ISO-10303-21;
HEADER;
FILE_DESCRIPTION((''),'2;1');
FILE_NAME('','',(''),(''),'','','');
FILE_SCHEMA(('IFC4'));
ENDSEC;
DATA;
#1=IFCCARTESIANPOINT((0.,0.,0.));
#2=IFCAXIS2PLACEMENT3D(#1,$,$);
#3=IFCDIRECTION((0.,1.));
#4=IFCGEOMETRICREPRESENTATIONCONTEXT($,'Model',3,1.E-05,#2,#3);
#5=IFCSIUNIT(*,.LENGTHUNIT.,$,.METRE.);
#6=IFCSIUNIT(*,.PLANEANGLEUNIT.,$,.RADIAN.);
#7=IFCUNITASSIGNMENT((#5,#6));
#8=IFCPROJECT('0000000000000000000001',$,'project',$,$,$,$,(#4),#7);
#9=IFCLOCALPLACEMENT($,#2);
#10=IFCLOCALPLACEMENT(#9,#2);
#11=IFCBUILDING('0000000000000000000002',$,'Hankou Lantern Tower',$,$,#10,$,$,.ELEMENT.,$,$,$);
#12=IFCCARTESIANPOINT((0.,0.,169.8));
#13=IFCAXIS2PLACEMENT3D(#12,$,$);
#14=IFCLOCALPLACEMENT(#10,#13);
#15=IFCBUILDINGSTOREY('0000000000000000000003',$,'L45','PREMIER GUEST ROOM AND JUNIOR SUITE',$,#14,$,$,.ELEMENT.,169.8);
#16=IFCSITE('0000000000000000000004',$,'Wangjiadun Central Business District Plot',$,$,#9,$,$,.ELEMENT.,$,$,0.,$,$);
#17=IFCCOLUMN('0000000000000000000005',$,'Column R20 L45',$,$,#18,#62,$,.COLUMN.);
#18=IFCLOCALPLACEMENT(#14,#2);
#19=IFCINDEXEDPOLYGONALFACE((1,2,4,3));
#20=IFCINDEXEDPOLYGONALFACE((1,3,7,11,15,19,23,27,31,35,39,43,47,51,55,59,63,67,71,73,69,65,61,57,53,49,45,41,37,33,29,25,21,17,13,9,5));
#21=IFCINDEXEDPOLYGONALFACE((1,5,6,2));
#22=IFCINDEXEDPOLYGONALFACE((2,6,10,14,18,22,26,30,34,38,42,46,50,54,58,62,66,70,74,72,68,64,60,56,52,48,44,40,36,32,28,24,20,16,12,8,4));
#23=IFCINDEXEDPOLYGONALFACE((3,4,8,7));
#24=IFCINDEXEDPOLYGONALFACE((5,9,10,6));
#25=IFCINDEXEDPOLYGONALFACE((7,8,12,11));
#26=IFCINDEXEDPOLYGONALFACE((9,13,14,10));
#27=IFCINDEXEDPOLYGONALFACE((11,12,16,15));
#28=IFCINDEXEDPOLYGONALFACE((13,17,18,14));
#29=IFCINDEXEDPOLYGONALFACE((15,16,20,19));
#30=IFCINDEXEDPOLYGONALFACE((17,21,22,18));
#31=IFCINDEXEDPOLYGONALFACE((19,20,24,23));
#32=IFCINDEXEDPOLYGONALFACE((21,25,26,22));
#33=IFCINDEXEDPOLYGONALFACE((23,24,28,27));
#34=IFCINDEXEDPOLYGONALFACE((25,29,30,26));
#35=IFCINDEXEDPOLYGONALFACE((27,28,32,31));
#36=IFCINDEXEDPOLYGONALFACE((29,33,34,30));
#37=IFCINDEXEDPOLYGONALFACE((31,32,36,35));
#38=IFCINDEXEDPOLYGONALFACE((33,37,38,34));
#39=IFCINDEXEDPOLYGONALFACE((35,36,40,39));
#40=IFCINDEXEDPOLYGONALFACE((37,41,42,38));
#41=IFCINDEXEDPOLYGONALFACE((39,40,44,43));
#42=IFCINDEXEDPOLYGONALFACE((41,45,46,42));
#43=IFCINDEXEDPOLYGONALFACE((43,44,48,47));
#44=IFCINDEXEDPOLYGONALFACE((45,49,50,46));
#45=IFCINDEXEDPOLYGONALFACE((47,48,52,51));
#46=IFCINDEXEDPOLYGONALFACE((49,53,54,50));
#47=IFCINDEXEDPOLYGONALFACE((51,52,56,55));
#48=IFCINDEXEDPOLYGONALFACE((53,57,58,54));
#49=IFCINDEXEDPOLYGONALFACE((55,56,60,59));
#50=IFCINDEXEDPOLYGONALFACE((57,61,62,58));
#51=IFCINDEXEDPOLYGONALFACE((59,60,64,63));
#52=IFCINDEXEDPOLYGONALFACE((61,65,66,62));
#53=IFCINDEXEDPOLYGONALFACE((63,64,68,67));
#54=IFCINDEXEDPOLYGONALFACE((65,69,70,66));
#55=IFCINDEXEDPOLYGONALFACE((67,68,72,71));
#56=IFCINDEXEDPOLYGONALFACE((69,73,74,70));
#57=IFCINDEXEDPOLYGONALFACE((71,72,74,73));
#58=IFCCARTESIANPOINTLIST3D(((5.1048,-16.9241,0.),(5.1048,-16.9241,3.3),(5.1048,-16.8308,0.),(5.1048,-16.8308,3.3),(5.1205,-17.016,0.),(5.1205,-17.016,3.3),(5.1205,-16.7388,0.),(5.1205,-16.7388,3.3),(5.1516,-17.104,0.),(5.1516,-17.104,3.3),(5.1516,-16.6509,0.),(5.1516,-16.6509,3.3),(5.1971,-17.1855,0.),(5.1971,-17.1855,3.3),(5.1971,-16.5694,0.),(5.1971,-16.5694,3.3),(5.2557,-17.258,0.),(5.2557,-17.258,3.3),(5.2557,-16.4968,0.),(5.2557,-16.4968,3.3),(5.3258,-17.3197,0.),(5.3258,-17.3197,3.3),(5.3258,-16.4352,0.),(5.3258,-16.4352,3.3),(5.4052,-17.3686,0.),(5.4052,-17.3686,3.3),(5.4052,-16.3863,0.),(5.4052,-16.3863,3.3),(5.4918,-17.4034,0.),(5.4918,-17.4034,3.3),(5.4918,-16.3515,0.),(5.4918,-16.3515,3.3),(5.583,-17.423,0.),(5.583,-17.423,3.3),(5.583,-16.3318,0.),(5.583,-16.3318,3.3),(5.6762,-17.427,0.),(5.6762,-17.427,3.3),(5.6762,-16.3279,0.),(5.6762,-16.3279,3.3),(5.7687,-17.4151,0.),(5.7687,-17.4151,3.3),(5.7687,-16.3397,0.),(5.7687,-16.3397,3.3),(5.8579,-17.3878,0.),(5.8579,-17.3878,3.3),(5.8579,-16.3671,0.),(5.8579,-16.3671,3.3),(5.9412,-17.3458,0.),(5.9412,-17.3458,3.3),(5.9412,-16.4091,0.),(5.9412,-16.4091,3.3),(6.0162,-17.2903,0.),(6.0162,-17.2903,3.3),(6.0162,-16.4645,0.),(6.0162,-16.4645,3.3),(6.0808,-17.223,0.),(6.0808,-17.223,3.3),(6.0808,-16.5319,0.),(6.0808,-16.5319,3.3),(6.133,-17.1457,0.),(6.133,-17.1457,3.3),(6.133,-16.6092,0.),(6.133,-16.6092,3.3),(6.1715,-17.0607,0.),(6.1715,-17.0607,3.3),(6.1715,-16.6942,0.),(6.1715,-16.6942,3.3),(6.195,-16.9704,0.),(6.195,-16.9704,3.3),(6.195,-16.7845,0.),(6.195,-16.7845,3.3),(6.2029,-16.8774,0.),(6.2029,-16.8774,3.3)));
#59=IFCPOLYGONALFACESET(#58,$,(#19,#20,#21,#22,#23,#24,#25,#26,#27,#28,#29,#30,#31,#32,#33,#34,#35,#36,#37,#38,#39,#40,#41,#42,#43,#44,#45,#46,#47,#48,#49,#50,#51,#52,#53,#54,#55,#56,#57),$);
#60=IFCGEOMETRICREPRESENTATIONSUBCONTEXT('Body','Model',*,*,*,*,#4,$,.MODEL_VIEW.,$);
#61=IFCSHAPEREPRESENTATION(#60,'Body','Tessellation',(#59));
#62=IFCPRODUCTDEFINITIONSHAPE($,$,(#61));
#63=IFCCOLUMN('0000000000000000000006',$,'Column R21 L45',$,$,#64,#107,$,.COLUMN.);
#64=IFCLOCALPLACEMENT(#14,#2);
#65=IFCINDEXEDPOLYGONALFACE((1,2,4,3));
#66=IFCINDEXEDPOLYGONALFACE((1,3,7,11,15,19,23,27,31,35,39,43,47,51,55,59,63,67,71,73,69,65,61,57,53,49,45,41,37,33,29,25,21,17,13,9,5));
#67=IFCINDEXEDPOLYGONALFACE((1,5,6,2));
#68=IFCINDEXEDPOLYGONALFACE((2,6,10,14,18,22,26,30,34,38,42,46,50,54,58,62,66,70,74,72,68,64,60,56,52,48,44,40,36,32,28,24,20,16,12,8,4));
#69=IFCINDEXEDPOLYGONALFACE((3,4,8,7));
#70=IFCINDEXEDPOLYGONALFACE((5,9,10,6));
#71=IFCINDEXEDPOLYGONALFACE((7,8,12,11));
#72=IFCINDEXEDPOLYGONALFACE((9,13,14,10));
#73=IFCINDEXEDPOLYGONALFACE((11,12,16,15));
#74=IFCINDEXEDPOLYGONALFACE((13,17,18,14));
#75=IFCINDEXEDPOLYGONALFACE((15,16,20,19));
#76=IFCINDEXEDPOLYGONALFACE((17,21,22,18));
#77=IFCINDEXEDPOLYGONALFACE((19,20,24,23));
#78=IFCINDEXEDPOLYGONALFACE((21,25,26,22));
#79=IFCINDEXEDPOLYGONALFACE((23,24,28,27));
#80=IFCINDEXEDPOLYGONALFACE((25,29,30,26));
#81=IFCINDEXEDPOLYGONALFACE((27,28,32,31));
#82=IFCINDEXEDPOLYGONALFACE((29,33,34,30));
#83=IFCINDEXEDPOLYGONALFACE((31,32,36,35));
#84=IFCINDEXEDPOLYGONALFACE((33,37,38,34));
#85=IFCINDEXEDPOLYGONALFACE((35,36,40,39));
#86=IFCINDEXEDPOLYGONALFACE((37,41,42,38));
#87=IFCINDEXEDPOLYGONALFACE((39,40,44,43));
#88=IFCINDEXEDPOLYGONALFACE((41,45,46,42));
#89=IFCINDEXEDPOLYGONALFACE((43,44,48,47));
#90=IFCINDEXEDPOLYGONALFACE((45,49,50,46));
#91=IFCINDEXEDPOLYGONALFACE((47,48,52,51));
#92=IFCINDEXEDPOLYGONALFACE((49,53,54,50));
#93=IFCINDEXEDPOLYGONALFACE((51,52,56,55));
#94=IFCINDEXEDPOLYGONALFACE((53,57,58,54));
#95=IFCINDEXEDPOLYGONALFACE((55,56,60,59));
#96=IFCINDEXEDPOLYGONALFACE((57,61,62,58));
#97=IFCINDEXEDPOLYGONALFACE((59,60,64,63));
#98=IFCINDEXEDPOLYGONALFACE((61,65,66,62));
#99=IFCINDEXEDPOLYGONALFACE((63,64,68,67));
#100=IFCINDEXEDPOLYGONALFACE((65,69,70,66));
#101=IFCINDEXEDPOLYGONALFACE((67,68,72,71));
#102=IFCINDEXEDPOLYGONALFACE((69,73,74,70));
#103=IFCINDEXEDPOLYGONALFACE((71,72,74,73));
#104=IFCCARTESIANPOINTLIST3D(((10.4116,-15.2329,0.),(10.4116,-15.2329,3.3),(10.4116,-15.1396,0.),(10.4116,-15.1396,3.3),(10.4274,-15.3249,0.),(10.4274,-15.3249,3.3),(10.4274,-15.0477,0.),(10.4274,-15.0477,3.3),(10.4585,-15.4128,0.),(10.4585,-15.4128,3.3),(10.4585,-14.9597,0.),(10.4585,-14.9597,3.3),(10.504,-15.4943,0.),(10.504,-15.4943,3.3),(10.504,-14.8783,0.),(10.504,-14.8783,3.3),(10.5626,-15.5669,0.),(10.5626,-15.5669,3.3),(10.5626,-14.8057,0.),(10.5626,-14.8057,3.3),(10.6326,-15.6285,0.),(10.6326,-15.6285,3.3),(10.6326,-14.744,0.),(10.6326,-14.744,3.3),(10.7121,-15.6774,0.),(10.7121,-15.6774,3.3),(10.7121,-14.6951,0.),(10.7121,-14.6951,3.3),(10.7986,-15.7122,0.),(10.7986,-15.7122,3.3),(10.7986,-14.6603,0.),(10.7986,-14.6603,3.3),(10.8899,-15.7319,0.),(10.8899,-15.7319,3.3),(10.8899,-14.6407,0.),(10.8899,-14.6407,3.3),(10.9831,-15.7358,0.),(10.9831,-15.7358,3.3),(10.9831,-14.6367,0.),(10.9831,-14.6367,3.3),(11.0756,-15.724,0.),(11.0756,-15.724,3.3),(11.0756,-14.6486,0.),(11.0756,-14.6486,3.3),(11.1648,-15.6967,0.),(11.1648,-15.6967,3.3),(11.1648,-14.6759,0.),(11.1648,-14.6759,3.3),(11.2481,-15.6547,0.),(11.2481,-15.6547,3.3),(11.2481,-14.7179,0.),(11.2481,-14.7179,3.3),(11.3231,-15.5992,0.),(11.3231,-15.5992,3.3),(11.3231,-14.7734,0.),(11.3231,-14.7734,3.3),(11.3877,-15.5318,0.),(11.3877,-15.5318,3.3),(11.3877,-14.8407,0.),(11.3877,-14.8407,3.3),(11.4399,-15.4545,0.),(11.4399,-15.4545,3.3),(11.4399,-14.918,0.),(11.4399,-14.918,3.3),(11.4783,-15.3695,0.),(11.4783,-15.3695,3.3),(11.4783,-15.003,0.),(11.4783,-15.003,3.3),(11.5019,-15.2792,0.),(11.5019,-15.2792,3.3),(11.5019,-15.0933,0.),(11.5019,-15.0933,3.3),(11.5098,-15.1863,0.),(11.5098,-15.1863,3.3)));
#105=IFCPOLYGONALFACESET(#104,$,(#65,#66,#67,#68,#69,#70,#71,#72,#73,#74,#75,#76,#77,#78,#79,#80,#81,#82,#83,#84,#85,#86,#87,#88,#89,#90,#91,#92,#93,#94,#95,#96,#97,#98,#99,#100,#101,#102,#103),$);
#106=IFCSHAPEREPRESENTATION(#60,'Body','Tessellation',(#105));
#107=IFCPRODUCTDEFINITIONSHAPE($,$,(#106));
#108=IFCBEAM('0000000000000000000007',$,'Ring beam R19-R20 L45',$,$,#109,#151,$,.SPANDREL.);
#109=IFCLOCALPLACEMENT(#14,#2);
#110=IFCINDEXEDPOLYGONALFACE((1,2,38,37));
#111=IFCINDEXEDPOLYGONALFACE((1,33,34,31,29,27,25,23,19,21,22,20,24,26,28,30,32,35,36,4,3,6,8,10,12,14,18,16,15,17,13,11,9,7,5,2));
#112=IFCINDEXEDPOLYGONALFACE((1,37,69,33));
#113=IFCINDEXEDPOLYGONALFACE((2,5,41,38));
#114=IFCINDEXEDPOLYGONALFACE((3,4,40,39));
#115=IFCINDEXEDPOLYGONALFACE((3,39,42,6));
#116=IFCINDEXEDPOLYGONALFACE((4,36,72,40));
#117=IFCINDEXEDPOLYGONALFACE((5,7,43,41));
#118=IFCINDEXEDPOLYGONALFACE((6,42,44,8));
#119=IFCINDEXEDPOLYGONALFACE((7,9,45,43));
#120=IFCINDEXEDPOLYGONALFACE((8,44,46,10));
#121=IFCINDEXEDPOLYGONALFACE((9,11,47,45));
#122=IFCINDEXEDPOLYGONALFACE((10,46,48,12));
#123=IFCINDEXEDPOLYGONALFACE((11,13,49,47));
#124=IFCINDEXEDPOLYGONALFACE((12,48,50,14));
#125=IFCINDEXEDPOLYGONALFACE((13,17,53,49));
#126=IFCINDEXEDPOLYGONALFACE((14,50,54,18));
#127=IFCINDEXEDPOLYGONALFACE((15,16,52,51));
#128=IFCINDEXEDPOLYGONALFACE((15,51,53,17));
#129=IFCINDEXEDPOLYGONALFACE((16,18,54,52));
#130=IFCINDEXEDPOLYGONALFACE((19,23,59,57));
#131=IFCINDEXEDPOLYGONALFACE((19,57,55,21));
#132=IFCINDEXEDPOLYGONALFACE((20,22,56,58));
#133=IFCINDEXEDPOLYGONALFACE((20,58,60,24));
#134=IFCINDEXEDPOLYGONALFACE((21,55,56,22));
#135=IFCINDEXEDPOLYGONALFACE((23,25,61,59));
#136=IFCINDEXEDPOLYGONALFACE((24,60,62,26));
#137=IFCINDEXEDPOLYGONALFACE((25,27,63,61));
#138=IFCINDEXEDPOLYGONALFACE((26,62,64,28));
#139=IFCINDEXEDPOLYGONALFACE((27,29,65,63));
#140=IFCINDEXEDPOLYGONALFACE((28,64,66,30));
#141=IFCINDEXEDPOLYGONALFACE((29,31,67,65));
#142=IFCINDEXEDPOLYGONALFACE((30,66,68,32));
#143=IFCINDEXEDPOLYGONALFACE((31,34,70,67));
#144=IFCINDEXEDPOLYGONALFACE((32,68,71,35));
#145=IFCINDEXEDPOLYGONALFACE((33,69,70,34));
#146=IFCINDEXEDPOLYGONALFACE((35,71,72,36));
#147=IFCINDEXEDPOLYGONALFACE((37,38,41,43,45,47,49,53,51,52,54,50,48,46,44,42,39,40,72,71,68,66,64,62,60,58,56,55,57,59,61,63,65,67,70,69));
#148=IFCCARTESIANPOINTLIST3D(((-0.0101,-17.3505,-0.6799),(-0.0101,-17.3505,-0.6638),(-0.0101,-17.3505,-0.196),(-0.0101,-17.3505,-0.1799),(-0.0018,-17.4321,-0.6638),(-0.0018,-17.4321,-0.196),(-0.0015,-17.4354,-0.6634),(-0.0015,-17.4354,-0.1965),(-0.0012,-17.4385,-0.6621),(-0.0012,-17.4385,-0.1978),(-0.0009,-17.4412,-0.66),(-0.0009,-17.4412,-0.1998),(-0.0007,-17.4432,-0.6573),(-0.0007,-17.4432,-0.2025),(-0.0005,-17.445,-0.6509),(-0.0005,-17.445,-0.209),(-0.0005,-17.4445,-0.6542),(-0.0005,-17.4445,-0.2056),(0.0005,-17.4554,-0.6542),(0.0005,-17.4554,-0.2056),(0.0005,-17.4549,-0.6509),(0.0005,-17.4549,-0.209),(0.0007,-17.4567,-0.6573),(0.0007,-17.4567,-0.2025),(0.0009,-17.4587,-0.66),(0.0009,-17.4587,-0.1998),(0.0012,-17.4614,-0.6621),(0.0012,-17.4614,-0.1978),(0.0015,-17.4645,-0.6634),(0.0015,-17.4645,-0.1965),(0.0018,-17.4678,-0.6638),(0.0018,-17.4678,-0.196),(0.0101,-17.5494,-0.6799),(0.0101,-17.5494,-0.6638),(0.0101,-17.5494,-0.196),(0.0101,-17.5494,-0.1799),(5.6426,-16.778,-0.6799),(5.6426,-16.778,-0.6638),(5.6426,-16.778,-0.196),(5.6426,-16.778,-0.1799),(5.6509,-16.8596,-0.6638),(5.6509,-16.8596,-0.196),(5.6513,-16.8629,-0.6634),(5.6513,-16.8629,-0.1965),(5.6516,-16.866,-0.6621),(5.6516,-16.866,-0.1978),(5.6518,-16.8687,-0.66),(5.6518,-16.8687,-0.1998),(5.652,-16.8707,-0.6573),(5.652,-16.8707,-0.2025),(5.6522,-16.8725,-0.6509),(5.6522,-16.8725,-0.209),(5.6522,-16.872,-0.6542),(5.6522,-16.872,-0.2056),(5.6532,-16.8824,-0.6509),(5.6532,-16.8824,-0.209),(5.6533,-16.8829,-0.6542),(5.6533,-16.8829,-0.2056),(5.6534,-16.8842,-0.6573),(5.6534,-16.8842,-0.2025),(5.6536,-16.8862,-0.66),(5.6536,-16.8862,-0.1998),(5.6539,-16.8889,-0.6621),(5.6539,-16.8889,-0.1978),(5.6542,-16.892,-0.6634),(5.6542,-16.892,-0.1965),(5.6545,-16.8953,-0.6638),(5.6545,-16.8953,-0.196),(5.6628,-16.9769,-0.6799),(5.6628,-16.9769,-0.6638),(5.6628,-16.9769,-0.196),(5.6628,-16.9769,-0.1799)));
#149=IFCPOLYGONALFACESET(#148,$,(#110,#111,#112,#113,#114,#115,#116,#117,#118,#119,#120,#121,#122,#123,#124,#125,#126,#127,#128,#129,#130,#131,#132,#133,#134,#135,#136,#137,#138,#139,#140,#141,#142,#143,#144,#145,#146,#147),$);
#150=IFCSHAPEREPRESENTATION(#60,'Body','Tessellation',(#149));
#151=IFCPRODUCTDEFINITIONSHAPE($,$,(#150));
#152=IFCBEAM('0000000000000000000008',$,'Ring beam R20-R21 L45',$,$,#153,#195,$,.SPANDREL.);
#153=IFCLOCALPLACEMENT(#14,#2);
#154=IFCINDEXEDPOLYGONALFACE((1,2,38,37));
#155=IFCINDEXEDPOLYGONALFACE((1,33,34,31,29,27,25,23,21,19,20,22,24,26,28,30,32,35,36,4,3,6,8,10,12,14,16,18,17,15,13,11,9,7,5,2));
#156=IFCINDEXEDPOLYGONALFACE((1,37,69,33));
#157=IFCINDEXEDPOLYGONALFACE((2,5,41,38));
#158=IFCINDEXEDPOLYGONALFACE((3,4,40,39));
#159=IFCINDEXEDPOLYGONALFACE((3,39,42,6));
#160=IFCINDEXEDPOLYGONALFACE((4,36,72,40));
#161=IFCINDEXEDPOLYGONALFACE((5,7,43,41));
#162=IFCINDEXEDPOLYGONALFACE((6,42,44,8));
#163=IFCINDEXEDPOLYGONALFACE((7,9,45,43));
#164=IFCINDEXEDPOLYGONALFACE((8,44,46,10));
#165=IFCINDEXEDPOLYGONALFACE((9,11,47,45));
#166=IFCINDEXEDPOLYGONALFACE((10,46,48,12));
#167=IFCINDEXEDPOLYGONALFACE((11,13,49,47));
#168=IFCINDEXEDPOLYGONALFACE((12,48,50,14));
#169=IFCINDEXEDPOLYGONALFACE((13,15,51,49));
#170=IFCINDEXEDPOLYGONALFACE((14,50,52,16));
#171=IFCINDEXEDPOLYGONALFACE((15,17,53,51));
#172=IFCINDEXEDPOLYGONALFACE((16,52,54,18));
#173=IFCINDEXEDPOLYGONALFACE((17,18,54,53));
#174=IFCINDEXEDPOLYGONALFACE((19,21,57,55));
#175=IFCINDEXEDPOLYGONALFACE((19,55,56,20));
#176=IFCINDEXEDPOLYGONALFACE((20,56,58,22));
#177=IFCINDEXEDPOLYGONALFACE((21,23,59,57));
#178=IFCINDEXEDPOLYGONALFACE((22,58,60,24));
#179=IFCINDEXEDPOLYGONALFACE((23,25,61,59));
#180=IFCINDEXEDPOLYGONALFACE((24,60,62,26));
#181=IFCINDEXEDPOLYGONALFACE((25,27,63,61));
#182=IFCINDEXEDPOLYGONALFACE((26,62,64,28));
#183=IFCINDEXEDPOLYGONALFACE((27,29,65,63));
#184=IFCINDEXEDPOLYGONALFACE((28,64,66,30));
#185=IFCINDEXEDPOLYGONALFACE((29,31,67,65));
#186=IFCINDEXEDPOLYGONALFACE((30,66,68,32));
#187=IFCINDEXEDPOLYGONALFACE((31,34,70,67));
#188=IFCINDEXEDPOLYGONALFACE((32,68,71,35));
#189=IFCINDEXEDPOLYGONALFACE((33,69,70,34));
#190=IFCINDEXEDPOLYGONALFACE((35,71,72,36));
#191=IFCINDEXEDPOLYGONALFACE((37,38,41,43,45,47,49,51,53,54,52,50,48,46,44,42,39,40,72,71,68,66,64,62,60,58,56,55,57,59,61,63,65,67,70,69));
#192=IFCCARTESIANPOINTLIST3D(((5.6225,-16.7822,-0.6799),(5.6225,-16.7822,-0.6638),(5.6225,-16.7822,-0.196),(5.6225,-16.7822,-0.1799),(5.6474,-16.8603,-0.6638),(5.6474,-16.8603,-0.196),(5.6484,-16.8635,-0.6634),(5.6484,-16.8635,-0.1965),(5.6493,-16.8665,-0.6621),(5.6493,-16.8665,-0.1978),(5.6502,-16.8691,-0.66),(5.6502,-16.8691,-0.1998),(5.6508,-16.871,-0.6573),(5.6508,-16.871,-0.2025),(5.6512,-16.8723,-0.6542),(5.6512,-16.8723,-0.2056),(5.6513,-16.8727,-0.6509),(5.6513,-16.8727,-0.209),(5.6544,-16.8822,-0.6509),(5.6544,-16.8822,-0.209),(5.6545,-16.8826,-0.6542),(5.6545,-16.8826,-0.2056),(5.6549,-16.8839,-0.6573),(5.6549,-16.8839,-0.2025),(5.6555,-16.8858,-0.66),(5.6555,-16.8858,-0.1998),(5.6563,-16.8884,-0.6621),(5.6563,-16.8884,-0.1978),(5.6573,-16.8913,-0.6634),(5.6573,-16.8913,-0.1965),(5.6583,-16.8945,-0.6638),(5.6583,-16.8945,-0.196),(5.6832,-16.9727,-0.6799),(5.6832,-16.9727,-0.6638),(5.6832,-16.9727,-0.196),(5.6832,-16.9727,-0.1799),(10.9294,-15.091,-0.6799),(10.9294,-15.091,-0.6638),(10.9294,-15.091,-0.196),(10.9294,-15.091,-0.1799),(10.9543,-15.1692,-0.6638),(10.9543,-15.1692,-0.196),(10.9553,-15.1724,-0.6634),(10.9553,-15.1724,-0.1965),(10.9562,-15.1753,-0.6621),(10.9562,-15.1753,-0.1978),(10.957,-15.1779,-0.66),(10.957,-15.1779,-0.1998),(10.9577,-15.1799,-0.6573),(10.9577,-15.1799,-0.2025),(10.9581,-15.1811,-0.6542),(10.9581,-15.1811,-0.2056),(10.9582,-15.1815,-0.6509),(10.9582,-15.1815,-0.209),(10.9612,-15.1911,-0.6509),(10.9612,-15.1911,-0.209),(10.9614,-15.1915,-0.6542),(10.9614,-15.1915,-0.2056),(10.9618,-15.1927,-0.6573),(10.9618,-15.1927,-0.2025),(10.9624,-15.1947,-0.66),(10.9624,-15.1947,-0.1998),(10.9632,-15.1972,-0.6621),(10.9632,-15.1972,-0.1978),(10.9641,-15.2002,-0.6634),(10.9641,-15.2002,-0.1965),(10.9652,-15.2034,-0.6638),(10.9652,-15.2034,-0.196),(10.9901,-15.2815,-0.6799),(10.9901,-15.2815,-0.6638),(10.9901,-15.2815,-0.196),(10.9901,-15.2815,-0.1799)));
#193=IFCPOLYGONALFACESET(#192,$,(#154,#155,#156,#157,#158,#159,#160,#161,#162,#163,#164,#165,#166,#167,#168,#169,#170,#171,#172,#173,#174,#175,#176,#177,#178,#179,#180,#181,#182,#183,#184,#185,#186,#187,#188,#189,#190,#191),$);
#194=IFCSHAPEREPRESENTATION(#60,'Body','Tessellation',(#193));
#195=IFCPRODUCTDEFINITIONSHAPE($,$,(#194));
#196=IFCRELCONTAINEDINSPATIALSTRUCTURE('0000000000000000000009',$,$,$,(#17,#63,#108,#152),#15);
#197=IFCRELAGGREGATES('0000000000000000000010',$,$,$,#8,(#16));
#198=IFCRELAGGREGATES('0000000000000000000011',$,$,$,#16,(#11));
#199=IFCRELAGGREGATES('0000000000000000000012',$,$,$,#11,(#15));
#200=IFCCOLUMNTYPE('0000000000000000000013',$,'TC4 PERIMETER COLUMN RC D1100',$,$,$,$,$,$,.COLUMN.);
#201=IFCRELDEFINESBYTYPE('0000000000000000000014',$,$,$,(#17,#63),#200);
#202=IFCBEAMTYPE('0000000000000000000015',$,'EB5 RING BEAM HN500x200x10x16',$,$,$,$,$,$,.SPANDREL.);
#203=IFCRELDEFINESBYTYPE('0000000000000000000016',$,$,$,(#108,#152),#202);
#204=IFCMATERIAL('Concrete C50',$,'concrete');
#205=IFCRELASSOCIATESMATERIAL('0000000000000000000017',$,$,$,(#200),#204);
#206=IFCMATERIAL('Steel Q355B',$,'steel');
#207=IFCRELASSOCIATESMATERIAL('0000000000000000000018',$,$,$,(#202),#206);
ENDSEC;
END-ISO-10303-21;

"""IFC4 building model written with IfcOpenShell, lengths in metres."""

from ifc_helpers import new_model, si_unit, direction, frame, origin, origin_2d, place, context, subcontext, project, spatial, circle, i_section, extrude, material, material_profile, profile_set, type_object, element, save


model = new_model("IFC4")

# Units and contexts
model_context = context("Model", 3, precision=1e-05, world=origin(), true_north=direction((0.0, 1.0)))
body_context = subcontext(model_context, "Body", "Model", "MODEL_VIEW")
ifc_project = project(units=[si_unit("LENGTHUNIT", "METRE"), si_unit("PLANEANGLEUNIT", "RADIAN")], contexts=[model_context])

# Site, building, storey
site_placement = place(None, origin())
site = spatial("IfcSite", under=ifc_project, at=site_placement, Name="Wangjiadun Central Business District Plot", CompositionType="ELEMENT", RefElevation=0.0)
building_placement = place(site_placement, origin())
building = spatial("IfcBuilding", under=site, at=building_placement, Name="Hankou Lantern Tower", CompositionType="ELEMENT")
storey_placement = place(building_placement, frame((0.0, 0.0, 169.8)))
storey = spatial("IfcBuildingStorey", under=building, at=storey_placement, Name="L45", Description="PREMIER GUEST ROOM AND JUNIOR SUITE", CompositionType="ELEMENT", Elevation=169.8)

# Columns
ifc_material_1 = material(Name="Concrete C50", Category="concrete")
ifc_material_profile_1 = material_profile(ifc_material_1, circle(Radius=0.55, at=origin_2d()), Name="RC D1100")
ifc_profile_set_1 = profile_set([ifc_material_profile_1], Name="Concrete C50")
column_type = type_object("IfcColumnType", Name="TC4 PERIMETER COLUMN RC D1100", PredefinedType="COLUMN", material=ifc_profile_set_1)
for number, where, z_axis, x_axis, name in (
    (1, (5.6528, -16.8774, 0.0), (0.0, 0.0, 1.0), (1.0, 0.0, 0.0), "Column R20 L45"),
    (2, (10.9597, -15.1863, 0.0), (0.0, 0.0, 1.0), (1.0, 0.0, 0.0), "Column R21 L45"),
):
    element("IfcColumn", number, at=place(storey_placement, frame(where, z_axis=z_axis, x_axis=x_axis)), inside=storey, type_object=column_type, Name=name, PredefinedType="COLUMN", context=body_context, shape_type="SweptSolid", body=[
        extrude(circle(Radius=0.55, at=origin_2d()), origin(), (0.0, 0.0, 1.0), 3.3),
    ])

# Beams
ifc_material_2 = material(Name="Steel Q355B", Category="steel")
ifc_material_profile_2 = material_profile(ifc_material_2, i_section(OverallWidth=0.2, OverallDepth=0.5, WebThickness=0.01, FlangeThickness=0.0161, FilletRadius=0.0129, at=origin_2d()), Name="HN500x200x10x16")
ifc_profile_set_2 = profile_set([ifc_material_profile_2], Name="Steel Q355B")
beam_type_1 = type_object("IfcBeamType", Name="EB5 RING BEAM HN500x200x10x16", PredefinedType="SPANDREL", material=ifc_profile_set_2)
beam_1_placement = place(storey_placement, frame((0.0, -17.45, -0.4299), z_axis=(0.99491, 0.100763, 0.0), x_axis=(-0.100763, 0.99491, 0.0)))
element("IfcBeam", 3, at=beam_1_placement, inside=storey, type_object=beam_type_1, Name="Ring beam R19-R20 L45", PredefinedType="SPANDREL", context=body_context, shape_type="SweptSolid", body=[
    extrude(i_section(OverallWidth=0.2, OverallDepth=0.5, WebThickness=0.01, FlangeThickness=0.0161, FilletRadius=0.0129, at=origin_2d()), origin(), (0.0, 0.0, 1.0), 5.6816),
])
beam_2_placement = place(storey_placement, frame((5.6528, -16.8774, -0.4299), z_axis=(0.95279, 0.303629, 0.0), x_axis=(-0.303629, 0.95279, 0.0)))
element("IfcBeam", 4, at=beam_2_placement, inside=storey, type_object=beam_type_1, Name="Ring beam R20-R21 L45", PredefinedType="SPANDREL", context=body_context, shape_type="SweptSolid", body=[
    extrude(i_section(OverallWidth=0.2, OverallDepth=0.5, WebThickness=0.01, FlangeThickness=0.0161, FilletRadius=0.0129, at=origin_2d()), origin(), (0.0, 0.0, 1.0), 5.5698),
])

save(model, "model.ifc")
